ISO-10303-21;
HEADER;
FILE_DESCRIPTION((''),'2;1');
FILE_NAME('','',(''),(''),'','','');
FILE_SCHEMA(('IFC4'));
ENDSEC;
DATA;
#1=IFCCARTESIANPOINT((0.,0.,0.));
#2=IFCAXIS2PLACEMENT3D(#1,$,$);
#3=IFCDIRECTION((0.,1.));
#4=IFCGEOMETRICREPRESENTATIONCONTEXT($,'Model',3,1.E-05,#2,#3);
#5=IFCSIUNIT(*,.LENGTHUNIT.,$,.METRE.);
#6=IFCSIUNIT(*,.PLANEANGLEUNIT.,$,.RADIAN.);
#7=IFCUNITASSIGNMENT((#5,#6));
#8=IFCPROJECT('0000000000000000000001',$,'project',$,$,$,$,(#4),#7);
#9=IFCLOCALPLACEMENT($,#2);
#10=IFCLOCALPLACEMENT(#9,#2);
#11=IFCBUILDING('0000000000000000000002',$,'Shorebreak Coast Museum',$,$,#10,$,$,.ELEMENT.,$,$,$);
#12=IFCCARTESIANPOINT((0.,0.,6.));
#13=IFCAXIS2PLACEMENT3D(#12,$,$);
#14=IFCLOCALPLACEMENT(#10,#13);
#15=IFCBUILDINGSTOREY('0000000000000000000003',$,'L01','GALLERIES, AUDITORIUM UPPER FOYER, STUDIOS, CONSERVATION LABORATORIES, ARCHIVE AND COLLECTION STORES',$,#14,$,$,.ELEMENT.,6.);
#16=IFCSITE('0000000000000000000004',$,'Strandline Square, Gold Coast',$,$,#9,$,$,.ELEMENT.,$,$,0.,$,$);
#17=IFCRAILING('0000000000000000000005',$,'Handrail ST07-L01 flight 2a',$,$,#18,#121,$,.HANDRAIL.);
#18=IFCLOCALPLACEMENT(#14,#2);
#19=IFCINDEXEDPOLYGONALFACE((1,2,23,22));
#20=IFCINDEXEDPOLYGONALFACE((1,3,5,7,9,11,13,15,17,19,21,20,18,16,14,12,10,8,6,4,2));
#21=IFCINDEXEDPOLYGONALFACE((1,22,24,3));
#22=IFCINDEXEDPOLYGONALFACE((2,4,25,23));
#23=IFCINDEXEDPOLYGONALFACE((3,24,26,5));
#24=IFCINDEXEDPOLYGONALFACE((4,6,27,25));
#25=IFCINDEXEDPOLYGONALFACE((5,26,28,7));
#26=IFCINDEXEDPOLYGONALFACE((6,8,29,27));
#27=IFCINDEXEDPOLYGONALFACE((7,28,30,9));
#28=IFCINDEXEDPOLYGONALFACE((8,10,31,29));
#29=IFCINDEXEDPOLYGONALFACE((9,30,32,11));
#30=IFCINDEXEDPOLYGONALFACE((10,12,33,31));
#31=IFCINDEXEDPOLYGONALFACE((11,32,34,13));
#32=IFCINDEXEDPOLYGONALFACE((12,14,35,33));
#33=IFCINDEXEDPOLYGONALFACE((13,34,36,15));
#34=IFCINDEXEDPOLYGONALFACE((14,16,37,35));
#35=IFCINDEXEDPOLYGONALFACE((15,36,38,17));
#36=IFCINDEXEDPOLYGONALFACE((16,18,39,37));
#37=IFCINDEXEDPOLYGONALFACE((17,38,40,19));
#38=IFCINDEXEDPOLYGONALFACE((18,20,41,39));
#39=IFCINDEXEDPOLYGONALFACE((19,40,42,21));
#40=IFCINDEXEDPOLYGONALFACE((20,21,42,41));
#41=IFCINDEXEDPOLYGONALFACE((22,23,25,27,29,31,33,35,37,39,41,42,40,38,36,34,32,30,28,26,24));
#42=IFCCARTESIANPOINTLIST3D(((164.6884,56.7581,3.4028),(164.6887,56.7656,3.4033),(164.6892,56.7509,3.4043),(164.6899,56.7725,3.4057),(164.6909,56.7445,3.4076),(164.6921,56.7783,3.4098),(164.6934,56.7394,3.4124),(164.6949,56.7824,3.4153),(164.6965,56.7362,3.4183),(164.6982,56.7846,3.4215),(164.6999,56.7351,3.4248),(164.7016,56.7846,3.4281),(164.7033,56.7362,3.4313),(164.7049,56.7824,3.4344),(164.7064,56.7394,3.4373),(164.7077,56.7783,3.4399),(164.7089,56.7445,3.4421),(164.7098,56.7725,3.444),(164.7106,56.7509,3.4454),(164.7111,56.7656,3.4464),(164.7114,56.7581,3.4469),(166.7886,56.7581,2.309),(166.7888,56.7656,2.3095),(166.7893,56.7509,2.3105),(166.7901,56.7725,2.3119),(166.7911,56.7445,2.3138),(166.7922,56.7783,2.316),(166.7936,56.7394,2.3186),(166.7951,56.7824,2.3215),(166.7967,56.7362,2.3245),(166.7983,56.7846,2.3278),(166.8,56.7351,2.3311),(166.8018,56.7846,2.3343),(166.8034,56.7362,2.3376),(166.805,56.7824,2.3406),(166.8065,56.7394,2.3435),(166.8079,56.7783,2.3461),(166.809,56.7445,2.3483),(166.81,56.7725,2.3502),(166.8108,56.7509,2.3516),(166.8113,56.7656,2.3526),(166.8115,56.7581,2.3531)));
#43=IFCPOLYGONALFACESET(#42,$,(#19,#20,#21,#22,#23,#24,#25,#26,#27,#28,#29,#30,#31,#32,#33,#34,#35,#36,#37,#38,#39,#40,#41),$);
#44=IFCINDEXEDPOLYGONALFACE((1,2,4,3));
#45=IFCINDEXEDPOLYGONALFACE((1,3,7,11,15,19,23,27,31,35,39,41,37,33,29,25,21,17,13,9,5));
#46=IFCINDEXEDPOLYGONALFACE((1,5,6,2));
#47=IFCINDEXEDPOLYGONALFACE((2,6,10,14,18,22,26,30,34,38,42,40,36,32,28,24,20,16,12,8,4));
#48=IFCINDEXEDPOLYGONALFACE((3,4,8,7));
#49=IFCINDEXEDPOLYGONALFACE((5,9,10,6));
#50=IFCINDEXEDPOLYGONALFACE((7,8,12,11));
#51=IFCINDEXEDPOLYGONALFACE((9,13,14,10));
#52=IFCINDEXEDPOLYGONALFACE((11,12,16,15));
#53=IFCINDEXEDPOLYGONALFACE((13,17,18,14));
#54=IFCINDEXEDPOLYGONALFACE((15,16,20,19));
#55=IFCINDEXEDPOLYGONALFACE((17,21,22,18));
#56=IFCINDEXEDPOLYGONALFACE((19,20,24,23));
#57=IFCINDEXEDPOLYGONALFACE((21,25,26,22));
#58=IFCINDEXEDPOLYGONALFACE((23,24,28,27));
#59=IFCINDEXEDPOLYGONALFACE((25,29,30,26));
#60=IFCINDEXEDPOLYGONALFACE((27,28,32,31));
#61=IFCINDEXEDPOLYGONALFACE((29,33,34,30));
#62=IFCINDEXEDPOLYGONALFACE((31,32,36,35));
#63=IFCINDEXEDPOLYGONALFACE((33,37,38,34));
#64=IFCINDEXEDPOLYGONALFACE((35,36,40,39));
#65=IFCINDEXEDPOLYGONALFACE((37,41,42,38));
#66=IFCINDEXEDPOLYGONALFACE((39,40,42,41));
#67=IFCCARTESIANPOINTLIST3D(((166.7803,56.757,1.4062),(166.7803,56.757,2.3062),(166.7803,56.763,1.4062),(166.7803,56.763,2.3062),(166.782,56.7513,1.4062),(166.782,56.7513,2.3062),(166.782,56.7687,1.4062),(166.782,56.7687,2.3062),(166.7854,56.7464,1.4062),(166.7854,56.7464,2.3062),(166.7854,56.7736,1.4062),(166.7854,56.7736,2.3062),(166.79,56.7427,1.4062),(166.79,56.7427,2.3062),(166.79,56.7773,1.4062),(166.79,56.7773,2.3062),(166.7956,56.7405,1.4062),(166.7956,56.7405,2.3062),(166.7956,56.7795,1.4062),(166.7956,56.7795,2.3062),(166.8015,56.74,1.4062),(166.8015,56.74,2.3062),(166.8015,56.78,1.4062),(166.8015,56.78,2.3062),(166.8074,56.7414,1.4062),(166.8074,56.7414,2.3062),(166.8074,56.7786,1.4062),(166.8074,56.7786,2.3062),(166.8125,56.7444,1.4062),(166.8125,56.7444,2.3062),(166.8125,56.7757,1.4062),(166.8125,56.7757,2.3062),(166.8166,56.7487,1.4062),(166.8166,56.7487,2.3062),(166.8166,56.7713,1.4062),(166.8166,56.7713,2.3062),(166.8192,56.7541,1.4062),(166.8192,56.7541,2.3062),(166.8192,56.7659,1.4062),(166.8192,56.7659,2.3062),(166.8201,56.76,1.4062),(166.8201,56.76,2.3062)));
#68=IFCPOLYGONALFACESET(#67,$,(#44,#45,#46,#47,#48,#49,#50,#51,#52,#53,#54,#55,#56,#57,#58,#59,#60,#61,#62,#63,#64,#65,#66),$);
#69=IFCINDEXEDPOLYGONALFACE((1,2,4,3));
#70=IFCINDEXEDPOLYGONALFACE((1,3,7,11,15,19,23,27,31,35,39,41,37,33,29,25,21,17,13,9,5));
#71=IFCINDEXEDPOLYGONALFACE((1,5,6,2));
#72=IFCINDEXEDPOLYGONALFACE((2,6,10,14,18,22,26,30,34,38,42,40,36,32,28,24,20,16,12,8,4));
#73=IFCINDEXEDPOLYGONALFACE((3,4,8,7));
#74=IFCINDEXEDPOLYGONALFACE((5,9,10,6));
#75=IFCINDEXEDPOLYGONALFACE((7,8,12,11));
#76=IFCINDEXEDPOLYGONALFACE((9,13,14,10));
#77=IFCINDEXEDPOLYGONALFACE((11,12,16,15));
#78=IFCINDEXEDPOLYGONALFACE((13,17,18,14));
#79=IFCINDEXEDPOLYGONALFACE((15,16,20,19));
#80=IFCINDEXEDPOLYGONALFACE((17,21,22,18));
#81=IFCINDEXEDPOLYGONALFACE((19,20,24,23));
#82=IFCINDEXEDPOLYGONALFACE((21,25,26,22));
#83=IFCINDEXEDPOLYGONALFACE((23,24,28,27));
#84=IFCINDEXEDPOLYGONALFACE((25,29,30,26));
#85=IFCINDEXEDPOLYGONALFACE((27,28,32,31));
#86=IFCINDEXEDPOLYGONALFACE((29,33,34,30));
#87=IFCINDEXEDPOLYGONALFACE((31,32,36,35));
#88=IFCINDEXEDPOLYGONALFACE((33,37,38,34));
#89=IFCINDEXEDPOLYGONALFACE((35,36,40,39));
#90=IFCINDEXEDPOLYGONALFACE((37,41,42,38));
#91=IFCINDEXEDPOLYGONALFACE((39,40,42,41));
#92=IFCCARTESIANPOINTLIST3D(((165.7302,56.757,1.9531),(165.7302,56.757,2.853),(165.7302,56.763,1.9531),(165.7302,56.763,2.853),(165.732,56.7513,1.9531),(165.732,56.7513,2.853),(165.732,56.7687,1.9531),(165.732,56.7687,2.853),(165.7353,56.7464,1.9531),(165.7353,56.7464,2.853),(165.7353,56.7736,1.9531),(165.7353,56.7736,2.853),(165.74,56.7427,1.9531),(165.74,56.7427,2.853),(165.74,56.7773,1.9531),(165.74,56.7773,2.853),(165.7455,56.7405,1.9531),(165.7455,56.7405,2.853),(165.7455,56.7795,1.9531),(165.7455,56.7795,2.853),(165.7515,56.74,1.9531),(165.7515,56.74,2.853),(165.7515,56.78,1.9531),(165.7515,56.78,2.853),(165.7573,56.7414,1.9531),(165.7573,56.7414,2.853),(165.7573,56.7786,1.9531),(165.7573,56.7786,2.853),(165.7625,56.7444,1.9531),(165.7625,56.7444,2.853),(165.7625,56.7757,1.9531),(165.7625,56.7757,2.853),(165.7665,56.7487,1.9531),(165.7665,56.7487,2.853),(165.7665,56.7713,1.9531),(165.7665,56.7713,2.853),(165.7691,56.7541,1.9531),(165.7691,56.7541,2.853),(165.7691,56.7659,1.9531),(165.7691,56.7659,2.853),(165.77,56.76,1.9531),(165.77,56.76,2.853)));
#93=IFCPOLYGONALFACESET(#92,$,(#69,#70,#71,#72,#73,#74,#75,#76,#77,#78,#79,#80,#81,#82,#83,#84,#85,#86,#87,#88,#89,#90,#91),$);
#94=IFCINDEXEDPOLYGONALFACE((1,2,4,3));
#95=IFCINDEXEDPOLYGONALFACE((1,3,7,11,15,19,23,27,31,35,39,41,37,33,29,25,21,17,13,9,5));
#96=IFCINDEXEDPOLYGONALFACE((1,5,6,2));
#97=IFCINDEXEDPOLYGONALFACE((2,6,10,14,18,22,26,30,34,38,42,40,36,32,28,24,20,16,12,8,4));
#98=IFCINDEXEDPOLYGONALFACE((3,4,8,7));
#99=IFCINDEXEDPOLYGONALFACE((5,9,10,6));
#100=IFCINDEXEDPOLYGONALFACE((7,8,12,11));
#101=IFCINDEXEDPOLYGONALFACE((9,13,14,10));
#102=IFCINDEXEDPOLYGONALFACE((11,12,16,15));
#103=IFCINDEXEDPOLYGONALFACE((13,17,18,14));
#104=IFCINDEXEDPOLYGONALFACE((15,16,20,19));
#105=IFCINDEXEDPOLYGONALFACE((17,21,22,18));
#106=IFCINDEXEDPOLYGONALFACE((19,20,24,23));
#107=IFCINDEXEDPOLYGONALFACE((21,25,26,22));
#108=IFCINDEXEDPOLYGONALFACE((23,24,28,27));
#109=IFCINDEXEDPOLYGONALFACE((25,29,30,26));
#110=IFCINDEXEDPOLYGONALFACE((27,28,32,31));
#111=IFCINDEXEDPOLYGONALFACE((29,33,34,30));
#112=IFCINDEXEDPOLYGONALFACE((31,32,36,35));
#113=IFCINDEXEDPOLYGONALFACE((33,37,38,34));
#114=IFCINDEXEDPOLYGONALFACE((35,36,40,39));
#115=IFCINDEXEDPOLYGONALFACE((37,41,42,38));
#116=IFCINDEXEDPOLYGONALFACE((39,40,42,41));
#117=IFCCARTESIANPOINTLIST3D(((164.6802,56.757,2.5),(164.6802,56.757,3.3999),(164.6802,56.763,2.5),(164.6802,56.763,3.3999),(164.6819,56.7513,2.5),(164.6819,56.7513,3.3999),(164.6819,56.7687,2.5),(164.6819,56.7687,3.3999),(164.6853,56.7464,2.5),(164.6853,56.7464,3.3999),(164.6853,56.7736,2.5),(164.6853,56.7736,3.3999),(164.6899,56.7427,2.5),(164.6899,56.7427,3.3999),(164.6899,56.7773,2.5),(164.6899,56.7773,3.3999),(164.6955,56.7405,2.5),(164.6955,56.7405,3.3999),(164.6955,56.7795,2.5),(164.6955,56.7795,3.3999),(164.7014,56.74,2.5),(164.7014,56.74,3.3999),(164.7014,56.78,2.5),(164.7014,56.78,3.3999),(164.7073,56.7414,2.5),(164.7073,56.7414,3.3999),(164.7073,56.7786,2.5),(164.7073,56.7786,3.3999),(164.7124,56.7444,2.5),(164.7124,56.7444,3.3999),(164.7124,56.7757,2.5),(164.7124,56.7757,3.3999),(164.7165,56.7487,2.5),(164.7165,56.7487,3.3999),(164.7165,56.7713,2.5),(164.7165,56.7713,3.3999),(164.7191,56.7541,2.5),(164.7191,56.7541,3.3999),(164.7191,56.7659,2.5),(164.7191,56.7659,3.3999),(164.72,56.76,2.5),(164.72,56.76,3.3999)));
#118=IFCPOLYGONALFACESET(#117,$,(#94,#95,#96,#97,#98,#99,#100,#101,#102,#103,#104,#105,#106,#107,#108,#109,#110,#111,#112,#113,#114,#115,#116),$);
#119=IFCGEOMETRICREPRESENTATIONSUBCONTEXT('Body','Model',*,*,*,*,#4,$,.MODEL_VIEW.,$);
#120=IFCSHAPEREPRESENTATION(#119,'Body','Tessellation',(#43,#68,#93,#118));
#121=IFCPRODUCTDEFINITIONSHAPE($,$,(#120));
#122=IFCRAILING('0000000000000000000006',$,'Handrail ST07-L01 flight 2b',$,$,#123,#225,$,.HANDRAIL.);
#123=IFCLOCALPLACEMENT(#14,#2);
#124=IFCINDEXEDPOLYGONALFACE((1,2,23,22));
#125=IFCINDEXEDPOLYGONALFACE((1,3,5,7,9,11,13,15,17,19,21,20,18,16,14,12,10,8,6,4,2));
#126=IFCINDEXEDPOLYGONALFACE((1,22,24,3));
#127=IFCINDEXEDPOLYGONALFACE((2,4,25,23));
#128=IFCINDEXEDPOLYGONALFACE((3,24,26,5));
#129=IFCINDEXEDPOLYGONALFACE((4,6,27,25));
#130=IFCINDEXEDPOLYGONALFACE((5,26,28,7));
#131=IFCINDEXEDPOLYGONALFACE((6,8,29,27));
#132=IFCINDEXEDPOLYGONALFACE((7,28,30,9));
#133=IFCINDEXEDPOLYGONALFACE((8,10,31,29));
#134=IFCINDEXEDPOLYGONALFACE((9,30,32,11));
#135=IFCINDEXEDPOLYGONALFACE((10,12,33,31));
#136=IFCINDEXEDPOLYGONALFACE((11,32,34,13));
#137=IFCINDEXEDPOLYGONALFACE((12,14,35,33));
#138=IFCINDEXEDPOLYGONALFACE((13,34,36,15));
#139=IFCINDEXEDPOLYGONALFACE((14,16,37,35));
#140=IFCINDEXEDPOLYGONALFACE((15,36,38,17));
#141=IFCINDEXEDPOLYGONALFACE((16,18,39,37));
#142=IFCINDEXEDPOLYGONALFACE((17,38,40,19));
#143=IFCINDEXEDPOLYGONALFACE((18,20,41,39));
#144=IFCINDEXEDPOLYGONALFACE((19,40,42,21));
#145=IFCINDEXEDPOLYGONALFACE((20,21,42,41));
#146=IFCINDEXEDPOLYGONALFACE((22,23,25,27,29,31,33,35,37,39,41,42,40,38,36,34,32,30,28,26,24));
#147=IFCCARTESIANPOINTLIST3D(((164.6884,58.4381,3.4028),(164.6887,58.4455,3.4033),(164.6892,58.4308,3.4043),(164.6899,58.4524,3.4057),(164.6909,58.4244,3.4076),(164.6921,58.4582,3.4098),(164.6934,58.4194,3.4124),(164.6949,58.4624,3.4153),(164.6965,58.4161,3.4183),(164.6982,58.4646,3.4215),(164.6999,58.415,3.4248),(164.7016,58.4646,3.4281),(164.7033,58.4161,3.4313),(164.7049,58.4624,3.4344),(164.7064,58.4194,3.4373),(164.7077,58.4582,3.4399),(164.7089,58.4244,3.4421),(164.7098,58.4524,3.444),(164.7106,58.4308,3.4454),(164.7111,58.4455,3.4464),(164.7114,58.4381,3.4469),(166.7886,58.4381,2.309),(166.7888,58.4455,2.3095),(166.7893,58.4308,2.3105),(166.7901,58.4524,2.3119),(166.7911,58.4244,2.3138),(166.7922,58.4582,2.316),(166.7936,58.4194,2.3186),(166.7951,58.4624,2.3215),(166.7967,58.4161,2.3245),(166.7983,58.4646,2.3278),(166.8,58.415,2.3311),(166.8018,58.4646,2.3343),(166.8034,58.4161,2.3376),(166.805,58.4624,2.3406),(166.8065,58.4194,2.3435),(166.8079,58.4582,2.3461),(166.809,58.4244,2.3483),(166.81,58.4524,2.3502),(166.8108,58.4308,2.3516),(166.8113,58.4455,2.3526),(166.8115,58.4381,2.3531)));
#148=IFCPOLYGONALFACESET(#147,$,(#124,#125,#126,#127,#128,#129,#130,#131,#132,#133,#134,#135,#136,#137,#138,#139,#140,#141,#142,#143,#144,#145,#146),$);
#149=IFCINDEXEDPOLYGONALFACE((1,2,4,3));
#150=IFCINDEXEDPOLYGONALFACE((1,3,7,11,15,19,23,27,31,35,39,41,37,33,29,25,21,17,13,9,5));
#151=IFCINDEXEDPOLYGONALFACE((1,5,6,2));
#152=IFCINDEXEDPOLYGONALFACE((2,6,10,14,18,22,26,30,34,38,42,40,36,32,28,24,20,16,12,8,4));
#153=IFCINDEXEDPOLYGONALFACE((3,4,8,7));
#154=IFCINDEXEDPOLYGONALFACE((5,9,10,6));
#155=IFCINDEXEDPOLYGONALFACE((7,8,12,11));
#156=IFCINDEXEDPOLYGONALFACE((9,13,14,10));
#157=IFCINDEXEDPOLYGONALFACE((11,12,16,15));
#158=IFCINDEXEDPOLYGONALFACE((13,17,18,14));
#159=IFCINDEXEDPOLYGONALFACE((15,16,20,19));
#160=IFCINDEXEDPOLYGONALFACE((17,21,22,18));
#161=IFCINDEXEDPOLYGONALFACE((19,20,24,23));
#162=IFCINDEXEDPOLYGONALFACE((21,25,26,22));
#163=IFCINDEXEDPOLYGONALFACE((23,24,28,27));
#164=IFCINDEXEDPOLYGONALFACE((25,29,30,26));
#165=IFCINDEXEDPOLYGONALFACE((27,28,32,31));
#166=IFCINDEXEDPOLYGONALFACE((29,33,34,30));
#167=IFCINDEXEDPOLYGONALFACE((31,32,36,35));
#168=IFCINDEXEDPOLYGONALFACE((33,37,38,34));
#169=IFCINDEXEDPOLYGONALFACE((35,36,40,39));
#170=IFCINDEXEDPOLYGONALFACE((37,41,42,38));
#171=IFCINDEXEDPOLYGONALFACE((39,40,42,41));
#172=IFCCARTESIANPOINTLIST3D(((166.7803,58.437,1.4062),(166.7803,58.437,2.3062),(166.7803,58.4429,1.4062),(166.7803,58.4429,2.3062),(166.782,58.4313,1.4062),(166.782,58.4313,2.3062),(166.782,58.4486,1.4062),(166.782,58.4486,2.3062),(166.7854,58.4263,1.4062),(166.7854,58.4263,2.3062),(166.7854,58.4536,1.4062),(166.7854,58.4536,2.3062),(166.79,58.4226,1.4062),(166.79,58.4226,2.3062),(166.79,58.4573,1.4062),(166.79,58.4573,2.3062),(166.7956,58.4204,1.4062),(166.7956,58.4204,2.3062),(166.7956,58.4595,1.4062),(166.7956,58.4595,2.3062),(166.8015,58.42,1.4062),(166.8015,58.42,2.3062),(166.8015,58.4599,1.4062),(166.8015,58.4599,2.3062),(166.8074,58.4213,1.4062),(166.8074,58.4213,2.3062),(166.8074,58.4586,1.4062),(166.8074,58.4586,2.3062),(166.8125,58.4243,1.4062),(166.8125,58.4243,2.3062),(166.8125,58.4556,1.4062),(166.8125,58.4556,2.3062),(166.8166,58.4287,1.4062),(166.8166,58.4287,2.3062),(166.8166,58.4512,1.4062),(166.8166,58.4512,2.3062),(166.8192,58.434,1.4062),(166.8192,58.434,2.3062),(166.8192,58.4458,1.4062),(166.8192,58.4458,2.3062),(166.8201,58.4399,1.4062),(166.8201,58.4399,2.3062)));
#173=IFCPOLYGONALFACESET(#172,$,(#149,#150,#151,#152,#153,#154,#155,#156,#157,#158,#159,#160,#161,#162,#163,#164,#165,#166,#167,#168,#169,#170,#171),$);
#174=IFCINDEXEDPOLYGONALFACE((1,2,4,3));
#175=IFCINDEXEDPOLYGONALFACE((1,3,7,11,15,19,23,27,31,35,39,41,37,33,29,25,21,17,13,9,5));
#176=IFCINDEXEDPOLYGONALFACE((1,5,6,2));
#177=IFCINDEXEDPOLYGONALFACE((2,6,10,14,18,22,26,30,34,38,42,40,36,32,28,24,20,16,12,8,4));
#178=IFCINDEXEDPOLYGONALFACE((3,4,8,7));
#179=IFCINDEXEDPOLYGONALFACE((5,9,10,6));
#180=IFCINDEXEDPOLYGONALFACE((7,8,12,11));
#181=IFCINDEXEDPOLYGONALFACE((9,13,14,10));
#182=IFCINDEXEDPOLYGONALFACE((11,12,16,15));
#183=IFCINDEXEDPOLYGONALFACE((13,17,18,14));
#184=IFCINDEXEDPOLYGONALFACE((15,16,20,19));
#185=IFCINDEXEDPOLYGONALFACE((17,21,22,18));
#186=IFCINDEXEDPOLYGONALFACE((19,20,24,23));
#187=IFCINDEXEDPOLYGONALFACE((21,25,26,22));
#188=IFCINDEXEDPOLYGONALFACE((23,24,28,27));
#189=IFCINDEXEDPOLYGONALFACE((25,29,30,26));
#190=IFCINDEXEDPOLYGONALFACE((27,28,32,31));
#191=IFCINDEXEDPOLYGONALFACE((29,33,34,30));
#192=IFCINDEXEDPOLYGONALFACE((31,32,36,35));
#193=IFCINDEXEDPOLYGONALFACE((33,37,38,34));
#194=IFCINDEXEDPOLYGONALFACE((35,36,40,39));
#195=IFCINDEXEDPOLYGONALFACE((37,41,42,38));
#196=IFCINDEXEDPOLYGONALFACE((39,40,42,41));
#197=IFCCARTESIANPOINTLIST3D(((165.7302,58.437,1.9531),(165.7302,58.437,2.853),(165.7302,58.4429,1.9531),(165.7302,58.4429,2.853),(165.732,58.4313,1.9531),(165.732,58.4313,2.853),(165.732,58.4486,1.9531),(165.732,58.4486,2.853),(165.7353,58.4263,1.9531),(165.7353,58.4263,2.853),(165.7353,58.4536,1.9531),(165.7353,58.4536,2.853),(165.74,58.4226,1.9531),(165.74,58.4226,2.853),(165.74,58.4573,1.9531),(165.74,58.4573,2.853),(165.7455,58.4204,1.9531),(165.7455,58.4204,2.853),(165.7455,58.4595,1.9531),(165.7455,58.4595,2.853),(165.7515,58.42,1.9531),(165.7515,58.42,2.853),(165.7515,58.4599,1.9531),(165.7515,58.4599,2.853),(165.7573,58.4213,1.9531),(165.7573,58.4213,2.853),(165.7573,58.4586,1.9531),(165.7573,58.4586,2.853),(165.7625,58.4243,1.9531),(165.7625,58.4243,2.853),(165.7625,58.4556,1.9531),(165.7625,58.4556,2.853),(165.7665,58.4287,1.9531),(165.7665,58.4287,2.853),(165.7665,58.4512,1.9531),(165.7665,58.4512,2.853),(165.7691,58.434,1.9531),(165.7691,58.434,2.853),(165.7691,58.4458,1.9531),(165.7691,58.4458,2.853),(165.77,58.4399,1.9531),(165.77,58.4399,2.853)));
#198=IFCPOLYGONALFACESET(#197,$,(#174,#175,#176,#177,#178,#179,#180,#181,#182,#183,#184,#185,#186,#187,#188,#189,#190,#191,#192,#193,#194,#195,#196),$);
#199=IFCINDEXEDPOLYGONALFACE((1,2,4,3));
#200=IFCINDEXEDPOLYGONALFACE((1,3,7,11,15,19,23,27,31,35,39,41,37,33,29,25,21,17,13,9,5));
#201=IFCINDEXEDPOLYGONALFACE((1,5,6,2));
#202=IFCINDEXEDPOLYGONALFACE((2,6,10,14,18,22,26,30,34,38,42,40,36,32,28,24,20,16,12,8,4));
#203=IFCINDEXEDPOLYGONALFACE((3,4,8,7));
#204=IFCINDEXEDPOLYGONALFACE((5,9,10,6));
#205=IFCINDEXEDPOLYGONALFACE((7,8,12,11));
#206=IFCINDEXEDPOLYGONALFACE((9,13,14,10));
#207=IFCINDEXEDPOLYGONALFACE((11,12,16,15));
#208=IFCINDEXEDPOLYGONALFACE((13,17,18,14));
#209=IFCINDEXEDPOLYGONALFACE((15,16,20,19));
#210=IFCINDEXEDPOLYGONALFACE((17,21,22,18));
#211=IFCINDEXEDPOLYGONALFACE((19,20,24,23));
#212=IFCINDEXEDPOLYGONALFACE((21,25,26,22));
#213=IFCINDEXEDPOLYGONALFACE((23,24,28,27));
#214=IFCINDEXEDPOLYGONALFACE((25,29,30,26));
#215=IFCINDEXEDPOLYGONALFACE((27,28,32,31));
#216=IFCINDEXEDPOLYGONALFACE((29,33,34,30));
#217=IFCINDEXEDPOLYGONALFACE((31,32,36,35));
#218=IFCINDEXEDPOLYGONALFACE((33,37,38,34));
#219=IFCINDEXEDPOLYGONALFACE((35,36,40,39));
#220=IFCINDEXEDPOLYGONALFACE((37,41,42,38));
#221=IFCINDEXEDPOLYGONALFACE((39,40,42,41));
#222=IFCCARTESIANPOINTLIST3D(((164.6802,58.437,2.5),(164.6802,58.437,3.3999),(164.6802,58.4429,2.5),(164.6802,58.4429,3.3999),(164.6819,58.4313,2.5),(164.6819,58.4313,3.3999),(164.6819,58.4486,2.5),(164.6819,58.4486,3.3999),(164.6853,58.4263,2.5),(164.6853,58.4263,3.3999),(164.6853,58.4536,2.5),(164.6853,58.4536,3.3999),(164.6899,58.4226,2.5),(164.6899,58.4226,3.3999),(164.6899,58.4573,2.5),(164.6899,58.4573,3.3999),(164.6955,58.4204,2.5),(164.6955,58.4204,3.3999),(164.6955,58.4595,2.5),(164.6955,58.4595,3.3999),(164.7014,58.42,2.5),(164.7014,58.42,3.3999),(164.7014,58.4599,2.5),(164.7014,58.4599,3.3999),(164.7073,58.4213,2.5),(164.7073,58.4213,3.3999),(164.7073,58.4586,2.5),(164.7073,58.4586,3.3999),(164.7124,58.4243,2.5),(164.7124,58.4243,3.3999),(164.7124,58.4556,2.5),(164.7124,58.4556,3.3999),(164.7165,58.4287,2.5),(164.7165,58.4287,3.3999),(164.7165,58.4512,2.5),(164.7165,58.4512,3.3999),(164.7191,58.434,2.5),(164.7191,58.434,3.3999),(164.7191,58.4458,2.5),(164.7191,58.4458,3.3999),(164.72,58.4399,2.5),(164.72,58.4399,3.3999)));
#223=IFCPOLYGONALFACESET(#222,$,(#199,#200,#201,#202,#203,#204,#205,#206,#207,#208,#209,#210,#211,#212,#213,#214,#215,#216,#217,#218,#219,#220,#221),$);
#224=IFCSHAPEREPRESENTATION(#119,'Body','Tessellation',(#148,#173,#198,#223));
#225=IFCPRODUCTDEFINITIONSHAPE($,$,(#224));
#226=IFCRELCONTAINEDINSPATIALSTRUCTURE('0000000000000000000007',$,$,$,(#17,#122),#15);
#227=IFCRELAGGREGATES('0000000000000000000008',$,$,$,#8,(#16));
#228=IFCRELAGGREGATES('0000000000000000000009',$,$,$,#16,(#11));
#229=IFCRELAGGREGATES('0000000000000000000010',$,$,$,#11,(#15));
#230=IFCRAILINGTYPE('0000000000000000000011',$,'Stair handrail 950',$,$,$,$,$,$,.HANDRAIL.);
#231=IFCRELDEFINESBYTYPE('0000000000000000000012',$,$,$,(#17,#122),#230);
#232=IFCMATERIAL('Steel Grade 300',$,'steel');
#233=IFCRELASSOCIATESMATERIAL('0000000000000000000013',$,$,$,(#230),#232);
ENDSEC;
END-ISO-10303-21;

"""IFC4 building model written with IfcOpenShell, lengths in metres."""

from ifc_helpers import new_model, si_unit, direction, frame, origin, origin_2d, place, context, subcontext, project, spatial, circle, extrude, material, type_object, element, save


model = new_model("IFC4")

# Units and contexts
model_context = context("Model", 3, precision=1e-05, world=origin(), true_north=direction((0.0, 1.0)))
body_context = subcontext(model_context, "Body", "Model", "MODEL_VIEW")
ifc_project = project(units=[si_unit("LENGTHUNIT", "METRE"), si_unit("PLANEANGLEUNIT", "RADIAN")], contexts=[model_context])

# Site, building, storey
site_placement = place(None, origin())
site = spatial("IfcSite", under=ifc_project, at=site_placement, Name="Strandline Square, Gold Coast", CompositionType="ELEMENT", RefElevation=0.0)
building_placement = place(site_placement, origin())
building = spatial("IfcBuilding", under=site, at=building_placement, Name="Shorebreak Coast Museum", CompositionType="ELEMENT")
storey_placement = place(building_placement, frame((0.0, 0.0, 6.0)))
storey = spatial("IfcBuildingStorey", under=building, at=storey_placement, Name="L01", Description="GALLERIES, AUDITORIUM UPPER FOYER, STUDIOS, CONSERVATION LABORATORIES, ARCHIVE AND COLLECTION STORES", CompositionType="ELEMENT", Elevation=6.0)

# Railings
ifc_material_1 = material(Name="Steel Grade 300", Category="steel")
railing_type_1 = type_object("IfcRailingType", Name="Stair handrail 950", PredefinedType="HANDRAIL", material=ifc_material_1)
for number, where, name in (
    (1, (166.8, 56.76, 1.4062), "Handrail ST07-L01 flight 2a"),
    (2, (166.8, 58.4399, 1.4062), "Handrail ST07-L01 flight 2b"),
):
    element("IfcRailing", number, at=place(storey_placement, frame(where)), inside=storey, type_object=railing_type_1, Name=name, PredefinedType="HANDRAIL", context=body_context, shape_type="SweptSolid", body=[
        extrude(circle(Radius=0.0249, at=origin_2d()), frame((0.0, 0.0, 0.9248), z_axis=(-0.886923, 0.0, 0.461918), x_axis=(0.0, -1.0, 0.0)), (0.0, 0.0, 1.0), 2.3679),
        extrude(circle(Radius=0.02, at=origin_2d()), origin(), (0.0, 0.0, 1.0), 0.8999),
        extrude(circle(Radius=0.02, at=origin_2d()), frame((-1.05, 0.0, 0.5469)), (0.0, 0.0, 1.0), 0.8999),
        extrude(circle(Radius=0.02, at=origin_2d()), frame((-2.1001, 0.0, 1.0938)), (0.0, 0.0, 1.0), 0.8999),
    ])

save(model, "model.ifc")
